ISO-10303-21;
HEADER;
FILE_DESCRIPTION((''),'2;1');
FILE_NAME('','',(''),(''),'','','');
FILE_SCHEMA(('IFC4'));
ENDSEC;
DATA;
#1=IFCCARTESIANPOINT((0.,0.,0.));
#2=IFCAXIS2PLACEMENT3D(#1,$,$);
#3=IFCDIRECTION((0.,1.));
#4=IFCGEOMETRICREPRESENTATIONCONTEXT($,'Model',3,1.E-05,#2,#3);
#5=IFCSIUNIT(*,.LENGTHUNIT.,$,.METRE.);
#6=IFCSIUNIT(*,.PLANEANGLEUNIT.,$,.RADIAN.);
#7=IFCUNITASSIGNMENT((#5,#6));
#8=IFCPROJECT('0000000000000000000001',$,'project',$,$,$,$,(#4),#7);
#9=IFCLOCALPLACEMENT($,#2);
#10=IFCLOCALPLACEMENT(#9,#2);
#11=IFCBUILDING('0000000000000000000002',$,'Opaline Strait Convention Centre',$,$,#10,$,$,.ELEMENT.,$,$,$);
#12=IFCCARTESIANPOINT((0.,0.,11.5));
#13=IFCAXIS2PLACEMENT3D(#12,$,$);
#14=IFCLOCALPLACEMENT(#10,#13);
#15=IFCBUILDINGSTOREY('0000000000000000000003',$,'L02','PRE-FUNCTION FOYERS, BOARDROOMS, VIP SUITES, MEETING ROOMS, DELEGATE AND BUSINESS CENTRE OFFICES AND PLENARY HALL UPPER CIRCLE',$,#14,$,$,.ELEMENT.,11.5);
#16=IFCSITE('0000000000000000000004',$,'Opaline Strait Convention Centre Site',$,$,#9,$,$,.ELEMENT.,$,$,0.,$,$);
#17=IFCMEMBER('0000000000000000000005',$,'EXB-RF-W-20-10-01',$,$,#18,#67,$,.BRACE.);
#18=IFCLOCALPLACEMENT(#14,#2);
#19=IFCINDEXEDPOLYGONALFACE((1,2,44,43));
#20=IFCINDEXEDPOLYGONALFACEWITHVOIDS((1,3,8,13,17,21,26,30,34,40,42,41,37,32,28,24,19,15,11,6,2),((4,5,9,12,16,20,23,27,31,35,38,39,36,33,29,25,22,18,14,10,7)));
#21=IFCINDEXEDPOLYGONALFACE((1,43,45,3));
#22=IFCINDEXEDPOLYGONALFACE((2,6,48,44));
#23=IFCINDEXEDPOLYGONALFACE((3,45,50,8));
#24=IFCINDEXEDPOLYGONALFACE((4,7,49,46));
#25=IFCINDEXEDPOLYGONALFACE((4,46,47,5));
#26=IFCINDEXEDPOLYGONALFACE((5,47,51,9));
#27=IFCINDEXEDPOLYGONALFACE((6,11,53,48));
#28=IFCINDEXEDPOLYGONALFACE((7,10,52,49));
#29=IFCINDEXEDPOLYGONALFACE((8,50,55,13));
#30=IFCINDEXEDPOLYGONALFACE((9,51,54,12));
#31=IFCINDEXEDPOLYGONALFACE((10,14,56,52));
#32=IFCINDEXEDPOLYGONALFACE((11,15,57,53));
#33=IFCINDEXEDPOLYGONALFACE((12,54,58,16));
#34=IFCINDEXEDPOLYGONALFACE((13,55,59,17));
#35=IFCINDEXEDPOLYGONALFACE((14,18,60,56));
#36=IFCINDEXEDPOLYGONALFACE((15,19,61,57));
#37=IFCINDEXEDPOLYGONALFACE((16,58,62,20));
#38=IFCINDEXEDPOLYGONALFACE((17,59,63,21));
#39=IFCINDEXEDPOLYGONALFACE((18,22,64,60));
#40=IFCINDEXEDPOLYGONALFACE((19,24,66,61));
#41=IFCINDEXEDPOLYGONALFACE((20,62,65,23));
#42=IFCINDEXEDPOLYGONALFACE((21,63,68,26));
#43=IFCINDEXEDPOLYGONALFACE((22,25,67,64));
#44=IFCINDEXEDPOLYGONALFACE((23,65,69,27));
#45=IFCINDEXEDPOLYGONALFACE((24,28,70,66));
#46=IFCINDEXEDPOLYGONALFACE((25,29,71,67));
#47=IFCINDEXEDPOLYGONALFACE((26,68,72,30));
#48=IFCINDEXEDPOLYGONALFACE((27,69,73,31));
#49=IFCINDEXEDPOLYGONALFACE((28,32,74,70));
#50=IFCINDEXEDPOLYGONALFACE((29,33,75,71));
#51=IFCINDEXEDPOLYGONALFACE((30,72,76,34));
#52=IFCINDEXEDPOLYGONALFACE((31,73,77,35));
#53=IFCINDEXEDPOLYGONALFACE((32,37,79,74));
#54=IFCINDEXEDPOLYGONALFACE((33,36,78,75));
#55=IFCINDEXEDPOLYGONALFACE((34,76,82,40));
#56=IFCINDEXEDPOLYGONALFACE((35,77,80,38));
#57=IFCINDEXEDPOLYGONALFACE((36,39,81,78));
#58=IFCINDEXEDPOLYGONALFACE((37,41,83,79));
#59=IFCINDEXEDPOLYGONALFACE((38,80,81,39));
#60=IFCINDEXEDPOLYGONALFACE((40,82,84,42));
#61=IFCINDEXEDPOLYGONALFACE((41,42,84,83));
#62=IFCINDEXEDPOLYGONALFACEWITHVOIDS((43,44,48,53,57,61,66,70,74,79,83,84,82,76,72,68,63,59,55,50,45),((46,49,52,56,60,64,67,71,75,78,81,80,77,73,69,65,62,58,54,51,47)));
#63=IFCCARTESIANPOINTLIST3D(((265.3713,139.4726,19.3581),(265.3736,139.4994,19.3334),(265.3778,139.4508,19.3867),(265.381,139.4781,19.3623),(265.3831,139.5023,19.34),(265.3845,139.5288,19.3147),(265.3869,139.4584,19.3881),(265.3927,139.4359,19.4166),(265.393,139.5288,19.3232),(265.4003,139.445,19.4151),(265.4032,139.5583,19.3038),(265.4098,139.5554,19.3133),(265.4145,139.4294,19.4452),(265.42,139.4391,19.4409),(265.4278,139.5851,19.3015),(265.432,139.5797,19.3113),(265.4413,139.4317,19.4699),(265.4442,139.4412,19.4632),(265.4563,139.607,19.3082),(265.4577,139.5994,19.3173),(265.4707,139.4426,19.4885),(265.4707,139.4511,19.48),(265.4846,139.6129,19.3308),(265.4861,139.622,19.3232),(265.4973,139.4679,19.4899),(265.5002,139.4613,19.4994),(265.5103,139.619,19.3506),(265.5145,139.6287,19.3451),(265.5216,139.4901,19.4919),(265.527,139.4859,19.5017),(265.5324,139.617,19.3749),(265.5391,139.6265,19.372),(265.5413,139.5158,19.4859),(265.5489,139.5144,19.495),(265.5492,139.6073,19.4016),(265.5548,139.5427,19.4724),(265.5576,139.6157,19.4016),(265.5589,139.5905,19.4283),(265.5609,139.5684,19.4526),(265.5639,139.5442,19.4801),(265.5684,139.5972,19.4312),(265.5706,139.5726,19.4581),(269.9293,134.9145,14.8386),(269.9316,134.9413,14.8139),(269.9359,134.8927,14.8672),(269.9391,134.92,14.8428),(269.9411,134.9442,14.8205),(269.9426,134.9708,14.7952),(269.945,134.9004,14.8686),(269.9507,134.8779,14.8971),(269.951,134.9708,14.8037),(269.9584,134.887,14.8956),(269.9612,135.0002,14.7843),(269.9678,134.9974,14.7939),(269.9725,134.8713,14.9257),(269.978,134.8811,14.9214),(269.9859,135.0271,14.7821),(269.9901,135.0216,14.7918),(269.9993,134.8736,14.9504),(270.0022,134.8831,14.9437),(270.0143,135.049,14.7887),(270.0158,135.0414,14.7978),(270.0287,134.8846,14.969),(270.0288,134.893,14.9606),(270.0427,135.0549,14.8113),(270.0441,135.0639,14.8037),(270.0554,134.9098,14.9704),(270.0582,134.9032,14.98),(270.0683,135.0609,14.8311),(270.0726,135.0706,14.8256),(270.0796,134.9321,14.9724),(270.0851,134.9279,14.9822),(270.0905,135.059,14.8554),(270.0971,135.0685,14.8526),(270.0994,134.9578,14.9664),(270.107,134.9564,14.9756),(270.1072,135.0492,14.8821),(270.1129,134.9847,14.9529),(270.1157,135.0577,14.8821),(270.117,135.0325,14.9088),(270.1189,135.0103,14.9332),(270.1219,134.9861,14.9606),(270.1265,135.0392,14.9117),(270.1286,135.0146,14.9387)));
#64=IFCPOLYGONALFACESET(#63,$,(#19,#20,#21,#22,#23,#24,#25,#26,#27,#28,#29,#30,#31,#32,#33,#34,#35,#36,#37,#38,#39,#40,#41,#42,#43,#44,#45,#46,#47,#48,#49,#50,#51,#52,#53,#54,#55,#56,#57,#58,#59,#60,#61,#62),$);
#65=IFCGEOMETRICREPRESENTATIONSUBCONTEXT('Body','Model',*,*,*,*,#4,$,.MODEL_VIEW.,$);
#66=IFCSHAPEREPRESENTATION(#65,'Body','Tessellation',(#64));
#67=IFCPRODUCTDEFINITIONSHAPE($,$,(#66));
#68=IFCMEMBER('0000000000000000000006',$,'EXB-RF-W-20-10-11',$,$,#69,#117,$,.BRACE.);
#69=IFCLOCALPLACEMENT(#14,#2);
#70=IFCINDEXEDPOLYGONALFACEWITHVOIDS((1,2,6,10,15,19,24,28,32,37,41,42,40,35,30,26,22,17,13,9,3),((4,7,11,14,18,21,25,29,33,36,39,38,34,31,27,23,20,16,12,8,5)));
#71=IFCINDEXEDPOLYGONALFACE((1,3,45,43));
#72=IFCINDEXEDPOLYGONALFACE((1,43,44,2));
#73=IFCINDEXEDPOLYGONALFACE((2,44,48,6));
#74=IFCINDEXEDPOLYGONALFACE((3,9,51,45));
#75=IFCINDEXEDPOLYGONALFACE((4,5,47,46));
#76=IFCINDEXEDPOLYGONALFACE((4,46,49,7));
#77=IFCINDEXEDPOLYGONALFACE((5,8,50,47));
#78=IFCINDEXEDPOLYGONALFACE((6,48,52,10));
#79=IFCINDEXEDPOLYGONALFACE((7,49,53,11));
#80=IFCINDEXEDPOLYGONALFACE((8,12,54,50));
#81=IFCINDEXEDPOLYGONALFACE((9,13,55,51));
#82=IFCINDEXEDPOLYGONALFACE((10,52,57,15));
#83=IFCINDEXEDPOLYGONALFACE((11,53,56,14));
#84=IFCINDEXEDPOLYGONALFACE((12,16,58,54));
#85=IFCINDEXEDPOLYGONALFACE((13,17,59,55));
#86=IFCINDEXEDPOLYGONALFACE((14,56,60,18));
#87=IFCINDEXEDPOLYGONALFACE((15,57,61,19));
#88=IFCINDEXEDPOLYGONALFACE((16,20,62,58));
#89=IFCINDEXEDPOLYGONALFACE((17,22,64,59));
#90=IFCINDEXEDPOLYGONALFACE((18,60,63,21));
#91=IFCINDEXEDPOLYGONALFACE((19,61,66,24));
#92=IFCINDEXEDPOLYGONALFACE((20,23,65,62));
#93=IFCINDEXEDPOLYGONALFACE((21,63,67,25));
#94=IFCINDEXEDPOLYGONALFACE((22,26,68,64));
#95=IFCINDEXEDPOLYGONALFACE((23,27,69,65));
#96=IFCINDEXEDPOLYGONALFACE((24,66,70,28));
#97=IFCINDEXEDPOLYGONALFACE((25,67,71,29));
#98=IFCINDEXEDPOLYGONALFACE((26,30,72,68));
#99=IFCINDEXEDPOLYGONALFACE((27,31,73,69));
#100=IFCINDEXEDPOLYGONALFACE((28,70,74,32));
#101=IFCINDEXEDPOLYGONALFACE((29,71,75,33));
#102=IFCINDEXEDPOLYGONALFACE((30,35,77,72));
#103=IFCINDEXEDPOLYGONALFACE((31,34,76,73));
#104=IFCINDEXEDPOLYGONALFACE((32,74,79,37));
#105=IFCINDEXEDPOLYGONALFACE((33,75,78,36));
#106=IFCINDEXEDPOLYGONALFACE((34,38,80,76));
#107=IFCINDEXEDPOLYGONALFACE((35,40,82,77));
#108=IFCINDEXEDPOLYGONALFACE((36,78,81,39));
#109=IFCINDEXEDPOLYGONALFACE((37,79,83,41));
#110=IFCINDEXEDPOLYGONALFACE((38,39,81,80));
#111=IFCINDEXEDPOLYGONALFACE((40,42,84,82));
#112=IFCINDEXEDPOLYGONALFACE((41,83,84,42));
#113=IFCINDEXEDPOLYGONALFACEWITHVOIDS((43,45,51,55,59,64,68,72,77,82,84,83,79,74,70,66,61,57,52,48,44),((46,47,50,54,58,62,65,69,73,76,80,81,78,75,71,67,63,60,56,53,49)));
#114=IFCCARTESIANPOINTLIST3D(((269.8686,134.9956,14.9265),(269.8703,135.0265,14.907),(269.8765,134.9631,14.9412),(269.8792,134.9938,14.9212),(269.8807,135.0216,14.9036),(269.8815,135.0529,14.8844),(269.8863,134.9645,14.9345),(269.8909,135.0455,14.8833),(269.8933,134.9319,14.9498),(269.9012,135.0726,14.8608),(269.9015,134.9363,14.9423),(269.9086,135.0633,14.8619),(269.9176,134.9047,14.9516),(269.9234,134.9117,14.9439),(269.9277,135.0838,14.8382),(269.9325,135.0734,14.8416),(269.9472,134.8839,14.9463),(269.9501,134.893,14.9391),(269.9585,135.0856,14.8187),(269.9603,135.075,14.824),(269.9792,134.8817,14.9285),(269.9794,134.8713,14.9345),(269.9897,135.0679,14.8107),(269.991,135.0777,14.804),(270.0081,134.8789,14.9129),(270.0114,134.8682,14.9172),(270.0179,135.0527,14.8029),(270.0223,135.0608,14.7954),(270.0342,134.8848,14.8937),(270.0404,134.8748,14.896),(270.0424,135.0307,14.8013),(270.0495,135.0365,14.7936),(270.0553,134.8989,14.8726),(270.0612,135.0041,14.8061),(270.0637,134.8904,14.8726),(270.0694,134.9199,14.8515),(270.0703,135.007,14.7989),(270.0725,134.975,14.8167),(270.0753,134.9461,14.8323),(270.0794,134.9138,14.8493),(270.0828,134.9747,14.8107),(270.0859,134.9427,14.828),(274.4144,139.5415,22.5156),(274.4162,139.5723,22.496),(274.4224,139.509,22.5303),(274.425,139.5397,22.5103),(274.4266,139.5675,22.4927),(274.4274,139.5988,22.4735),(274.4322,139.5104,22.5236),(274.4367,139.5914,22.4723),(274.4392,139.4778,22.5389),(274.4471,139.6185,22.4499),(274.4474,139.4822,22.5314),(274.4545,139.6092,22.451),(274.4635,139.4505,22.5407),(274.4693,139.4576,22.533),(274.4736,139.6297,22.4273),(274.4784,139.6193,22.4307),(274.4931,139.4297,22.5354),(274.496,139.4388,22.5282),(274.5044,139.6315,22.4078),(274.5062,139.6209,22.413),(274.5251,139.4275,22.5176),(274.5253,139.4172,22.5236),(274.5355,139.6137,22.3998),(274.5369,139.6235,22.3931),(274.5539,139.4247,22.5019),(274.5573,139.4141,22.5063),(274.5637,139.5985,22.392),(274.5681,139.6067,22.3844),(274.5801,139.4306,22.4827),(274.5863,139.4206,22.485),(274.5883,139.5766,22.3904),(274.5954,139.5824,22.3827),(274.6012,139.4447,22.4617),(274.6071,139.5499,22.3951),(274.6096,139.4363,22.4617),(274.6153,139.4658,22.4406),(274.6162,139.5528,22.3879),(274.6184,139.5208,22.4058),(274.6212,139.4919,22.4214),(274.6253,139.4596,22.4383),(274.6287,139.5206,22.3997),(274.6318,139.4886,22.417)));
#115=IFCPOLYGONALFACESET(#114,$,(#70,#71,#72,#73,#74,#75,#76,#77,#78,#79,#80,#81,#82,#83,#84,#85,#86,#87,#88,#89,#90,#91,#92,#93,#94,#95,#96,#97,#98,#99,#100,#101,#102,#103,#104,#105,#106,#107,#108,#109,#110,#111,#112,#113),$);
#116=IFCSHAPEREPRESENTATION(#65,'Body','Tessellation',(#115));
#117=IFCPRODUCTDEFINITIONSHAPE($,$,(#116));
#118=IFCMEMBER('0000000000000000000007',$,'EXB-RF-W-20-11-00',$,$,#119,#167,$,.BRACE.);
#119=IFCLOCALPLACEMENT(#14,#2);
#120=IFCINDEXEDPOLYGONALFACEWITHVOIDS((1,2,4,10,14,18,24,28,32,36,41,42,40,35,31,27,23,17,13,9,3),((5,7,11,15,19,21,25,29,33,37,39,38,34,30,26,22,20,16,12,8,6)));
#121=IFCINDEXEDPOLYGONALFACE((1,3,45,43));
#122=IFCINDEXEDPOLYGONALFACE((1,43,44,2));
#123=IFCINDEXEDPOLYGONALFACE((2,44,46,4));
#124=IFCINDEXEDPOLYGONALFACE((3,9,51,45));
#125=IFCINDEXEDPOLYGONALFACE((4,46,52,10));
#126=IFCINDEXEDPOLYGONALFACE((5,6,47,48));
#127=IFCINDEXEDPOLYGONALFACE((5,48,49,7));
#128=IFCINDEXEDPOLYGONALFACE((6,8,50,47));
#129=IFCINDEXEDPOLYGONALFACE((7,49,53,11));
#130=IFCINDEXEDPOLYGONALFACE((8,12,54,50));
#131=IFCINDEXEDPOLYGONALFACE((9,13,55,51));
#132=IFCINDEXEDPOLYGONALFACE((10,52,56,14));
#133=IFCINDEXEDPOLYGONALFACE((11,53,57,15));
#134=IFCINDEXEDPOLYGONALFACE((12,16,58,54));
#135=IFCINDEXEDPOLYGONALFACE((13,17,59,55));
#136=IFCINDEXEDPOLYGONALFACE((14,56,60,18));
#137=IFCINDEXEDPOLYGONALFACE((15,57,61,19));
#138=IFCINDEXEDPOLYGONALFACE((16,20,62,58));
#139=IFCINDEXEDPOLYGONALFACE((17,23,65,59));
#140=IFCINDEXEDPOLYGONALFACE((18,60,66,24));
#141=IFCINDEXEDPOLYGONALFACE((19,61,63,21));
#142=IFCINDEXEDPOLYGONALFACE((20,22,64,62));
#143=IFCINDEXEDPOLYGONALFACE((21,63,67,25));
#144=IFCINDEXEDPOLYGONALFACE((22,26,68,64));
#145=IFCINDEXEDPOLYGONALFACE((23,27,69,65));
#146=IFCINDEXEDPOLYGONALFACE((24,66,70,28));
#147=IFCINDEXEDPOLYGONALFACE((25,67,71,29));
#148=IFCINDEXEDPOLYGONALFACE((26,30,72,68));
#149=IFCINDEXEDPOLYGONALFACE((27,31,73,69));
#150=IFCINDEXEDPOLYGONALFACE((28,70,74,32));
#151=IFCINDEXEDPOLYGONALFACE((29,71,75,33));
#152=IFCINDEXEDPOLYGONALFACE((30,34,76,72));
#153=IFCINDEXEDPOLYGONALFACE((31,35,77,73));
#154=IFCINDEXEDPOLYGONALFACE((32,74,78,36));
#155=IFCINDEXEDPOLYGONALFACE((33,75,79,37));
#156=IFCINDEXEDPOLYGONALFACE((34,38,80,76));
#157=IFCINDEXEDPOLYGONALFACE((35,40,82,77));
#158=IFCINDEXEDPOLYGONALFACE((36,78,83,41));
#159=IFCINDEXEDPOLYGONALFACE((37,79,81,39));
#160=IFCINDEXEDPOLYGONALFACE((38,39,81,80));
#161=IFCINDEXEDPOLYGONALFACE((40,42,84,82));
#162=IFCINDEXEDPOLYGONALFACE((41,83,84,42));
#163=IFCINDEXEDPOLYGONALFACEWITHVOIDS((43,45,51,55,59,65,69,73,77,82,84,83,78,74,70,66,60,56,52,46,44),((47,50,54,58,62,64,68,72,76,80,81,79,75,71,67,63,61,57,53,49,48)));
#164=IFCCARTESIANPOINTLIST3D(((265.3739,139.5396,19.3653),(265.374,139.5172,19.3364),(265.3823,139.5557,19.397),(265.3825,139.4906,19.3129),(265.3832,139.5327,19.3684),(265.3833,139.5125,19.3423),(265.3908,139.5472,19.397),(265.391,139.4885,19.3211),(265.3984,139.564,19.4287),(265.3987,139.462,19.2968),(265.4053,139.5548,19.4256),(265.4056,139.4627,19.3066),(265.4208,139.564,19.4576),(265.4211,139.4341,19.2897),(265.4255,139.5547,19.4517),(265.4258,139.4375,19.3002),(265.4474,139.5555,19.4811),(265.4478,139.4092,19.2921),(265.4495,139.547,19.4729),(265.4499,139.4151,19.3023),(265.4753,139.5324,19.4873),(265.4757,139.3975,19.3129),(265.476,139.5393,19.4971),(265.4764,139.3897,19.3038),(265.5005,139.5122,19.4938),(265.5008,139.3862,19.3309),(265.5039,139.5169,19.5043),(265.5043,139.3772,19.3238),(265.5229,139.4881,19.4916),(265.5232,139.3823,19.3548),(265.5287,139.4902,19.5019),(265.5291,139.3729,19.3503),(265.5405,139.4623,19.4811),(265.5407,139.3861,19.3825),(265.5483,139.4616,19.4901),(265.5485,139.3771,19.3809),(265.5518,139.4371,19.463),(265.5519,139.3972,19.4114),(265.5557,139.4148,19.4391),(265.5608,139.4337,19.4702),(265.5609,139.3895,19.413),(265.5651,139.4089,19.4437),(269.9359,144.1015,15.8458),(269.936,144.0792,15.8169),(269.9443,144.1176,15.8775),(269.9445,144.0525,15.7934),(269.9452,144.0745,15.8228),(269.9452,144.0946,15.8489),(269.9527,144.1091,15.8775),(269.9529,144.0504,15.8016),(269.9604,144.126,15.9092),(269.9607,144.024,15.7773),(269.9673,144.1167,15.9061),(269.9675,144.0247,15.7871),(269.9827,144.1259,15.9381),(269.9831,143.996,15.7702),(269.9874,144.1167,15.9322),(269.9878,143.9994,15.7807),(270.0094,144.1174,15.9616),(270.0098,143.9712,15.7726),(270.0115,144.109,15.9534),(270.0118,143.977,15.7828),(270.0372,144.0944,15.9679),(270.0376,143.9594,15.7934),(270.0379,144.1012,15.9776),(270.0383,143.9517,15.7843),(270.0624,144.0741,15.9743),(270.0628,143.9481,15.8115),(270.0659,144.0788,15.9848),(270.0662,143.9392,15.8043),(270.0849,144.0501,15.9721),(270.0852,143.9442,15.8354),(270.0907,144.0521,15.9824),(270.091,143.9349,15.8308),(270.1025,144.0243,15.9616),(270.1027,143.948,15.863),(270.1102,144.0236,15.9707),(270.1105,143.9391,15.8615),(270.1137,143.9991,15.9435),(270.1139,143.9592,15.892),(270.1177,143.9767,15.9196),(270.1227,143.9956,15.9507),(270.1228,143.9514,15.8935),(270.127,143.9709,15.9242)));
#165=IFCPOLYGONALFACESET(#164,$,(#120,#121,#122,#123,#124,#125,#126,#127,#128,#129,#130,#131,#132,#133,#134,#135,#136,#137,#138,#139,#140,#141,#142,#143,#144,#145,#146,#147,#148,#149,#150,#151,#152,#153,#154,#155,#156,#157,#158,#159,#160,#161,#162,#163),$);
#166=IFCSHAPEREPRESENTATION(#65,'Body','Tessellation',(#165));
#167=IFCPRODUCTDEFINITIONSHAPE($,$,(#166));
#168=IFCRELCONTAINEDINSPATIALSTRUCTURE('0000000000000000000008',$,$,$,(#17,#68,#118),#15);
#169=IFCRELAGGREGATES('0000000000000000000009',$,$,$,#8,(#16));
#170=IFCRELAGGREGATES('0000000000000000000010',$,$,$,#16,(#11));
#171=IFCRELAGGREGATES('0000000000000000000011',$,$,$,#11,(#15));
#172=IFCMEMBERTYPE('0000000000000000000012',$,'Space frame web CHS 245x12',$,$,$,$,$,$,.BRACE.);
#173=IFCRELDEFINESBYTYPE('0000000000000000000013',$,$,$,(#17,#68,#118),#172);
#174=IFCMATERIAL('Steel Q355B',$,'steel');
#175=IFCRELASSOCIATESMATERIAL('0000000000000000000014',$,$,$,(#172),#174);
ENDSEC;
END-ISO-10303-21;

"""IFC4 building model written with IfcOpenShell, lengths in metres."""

from ifc_helpers import new_model, si_unit, direction, frame, origin, origin_2d, place, context, subcontext, project, spatial, hollow_circle, extrude, material, material_profile, profile_set, type_object, element, save


model = new_model("IFC4")

# Units and contexts
model_context = context("Model", 3, precision=1e-05, world=origin(), true_north=direction((0.0, 1.0)))
body_context = subcontext(model_context, "Body", "Model", "MODEL_VIEW")
ifc_project = project(units=[si_unit("LENGTHUNIT", "METRE"), si_unit("PLANEANGLEUNIT", "RADIAN")], contexts=[model_context])

# Site, building, storey
site_placement = place(None, origin())
site = spatial("IfcSite", under=ifc_project, at=site_placement, Name="Opaline Strait Convention Centre Site", CompositionType="ELEMENT", RefElevation=0.0)
building_placement = place(site_placement, origin())
building = spatial("IfcBuilding", under=site, at=building_placement, Name="Opaline Strait Convention Centre", CompositionType="ELEMENT")
storey_placement = place(building_placement, frame((0.0, 0.0, 11.5)))
storey = spatial("IfcBuildingStorey", under=building, at=storey_placement, Name="L02", Description="PRE-FUNCTION FOYERS, BOARDROOMS, VIP SUITES, MEETING ROOMS, DELEGATE AND BUSINESS CENTRE OFFICES AND PLENARY HALL UPPER CIRCLE", CompositionType="ELEMENT", Elevation=11.5)

# Members
ifc_material_1 = material(Name="Steel Q355B", Category="steel")
ifc_material_profile_1 = material_profile(ifc_material_1, hollow_circle(Radius=0.1226, WallThickness=0.012, at=origin_2d()), Name="CHS 245x12")
ifc_profile_set_1 = profile_set([ifc_material_profile_1], Name="Steel Q355B")
member_type_1 = type_object("IfcMemberType", Name="Space frame web CHS 245x12", PredefinedType="BRACE", material=ifc_profile_set_1)
member_1_placement = place(storey_placement, frame((265.4709, 139.5291, 19.4016), z_axis=(0.578979, -0.578979, -0.574079), x_axis=(0.707107, 0.707107, 0.0)))
element("IfcMember", 1, at=member_1_placement, inside=storey, type_object=member_type_1, Name="EXB-RF-W-20-10-01", PredefinedType="BRACE", context=body_context, shape_type="SweptSolid", body=[
    extrude(hollow_circle(Radius=0.1226, WallThickness=0.012, at=origin_2d()), origin(), (0.0, 0.0, 1.0), 7.8726),
])
member_2_placement = place(storey_placement, frame((274.5229, 139.5229, 22.4617), z_axis=(-0.457053, -0.457053, -0.763023), x_axis=(0.707107, -0.707107, 0.0)))
element("IfcMember", 2, at=member_2_placement, inside=storey, type_object=member_type_1, Name="EXB-RF-W-20-10-11", PredefinedType="BRACE", context=body_context, shape_type="SweptSolid", body=[
    extrude(hollow_circle(Radius=0.1226, WallThickness=0.012, at=origin_2d()), origin(), (0.0, 0.0, 1.0), 9.946),
])
member_3_placement = place(storey_placement, frame((265.469, 139.469, 19.397), z_axis=(0.620748, 0.620748, -0.478899), x_axis=(-0.707107, 0.707107, 0.0)))
element("IfcMember", 3, at=member_3_placement, inside=storey, type_object=member_type_1, Name="EXB-RF-W-20-11-00", PredefinedType="BRACE", context=body_context, shape_type="SweptSolid", body=[
    extrude(hollow_circle(Radius=0.1226, WallThickness=0.012, at=origin_2d()), origin(), (0.0, 0.0, 1.0), 7.3491),
])

save(model, "model.ifc")
